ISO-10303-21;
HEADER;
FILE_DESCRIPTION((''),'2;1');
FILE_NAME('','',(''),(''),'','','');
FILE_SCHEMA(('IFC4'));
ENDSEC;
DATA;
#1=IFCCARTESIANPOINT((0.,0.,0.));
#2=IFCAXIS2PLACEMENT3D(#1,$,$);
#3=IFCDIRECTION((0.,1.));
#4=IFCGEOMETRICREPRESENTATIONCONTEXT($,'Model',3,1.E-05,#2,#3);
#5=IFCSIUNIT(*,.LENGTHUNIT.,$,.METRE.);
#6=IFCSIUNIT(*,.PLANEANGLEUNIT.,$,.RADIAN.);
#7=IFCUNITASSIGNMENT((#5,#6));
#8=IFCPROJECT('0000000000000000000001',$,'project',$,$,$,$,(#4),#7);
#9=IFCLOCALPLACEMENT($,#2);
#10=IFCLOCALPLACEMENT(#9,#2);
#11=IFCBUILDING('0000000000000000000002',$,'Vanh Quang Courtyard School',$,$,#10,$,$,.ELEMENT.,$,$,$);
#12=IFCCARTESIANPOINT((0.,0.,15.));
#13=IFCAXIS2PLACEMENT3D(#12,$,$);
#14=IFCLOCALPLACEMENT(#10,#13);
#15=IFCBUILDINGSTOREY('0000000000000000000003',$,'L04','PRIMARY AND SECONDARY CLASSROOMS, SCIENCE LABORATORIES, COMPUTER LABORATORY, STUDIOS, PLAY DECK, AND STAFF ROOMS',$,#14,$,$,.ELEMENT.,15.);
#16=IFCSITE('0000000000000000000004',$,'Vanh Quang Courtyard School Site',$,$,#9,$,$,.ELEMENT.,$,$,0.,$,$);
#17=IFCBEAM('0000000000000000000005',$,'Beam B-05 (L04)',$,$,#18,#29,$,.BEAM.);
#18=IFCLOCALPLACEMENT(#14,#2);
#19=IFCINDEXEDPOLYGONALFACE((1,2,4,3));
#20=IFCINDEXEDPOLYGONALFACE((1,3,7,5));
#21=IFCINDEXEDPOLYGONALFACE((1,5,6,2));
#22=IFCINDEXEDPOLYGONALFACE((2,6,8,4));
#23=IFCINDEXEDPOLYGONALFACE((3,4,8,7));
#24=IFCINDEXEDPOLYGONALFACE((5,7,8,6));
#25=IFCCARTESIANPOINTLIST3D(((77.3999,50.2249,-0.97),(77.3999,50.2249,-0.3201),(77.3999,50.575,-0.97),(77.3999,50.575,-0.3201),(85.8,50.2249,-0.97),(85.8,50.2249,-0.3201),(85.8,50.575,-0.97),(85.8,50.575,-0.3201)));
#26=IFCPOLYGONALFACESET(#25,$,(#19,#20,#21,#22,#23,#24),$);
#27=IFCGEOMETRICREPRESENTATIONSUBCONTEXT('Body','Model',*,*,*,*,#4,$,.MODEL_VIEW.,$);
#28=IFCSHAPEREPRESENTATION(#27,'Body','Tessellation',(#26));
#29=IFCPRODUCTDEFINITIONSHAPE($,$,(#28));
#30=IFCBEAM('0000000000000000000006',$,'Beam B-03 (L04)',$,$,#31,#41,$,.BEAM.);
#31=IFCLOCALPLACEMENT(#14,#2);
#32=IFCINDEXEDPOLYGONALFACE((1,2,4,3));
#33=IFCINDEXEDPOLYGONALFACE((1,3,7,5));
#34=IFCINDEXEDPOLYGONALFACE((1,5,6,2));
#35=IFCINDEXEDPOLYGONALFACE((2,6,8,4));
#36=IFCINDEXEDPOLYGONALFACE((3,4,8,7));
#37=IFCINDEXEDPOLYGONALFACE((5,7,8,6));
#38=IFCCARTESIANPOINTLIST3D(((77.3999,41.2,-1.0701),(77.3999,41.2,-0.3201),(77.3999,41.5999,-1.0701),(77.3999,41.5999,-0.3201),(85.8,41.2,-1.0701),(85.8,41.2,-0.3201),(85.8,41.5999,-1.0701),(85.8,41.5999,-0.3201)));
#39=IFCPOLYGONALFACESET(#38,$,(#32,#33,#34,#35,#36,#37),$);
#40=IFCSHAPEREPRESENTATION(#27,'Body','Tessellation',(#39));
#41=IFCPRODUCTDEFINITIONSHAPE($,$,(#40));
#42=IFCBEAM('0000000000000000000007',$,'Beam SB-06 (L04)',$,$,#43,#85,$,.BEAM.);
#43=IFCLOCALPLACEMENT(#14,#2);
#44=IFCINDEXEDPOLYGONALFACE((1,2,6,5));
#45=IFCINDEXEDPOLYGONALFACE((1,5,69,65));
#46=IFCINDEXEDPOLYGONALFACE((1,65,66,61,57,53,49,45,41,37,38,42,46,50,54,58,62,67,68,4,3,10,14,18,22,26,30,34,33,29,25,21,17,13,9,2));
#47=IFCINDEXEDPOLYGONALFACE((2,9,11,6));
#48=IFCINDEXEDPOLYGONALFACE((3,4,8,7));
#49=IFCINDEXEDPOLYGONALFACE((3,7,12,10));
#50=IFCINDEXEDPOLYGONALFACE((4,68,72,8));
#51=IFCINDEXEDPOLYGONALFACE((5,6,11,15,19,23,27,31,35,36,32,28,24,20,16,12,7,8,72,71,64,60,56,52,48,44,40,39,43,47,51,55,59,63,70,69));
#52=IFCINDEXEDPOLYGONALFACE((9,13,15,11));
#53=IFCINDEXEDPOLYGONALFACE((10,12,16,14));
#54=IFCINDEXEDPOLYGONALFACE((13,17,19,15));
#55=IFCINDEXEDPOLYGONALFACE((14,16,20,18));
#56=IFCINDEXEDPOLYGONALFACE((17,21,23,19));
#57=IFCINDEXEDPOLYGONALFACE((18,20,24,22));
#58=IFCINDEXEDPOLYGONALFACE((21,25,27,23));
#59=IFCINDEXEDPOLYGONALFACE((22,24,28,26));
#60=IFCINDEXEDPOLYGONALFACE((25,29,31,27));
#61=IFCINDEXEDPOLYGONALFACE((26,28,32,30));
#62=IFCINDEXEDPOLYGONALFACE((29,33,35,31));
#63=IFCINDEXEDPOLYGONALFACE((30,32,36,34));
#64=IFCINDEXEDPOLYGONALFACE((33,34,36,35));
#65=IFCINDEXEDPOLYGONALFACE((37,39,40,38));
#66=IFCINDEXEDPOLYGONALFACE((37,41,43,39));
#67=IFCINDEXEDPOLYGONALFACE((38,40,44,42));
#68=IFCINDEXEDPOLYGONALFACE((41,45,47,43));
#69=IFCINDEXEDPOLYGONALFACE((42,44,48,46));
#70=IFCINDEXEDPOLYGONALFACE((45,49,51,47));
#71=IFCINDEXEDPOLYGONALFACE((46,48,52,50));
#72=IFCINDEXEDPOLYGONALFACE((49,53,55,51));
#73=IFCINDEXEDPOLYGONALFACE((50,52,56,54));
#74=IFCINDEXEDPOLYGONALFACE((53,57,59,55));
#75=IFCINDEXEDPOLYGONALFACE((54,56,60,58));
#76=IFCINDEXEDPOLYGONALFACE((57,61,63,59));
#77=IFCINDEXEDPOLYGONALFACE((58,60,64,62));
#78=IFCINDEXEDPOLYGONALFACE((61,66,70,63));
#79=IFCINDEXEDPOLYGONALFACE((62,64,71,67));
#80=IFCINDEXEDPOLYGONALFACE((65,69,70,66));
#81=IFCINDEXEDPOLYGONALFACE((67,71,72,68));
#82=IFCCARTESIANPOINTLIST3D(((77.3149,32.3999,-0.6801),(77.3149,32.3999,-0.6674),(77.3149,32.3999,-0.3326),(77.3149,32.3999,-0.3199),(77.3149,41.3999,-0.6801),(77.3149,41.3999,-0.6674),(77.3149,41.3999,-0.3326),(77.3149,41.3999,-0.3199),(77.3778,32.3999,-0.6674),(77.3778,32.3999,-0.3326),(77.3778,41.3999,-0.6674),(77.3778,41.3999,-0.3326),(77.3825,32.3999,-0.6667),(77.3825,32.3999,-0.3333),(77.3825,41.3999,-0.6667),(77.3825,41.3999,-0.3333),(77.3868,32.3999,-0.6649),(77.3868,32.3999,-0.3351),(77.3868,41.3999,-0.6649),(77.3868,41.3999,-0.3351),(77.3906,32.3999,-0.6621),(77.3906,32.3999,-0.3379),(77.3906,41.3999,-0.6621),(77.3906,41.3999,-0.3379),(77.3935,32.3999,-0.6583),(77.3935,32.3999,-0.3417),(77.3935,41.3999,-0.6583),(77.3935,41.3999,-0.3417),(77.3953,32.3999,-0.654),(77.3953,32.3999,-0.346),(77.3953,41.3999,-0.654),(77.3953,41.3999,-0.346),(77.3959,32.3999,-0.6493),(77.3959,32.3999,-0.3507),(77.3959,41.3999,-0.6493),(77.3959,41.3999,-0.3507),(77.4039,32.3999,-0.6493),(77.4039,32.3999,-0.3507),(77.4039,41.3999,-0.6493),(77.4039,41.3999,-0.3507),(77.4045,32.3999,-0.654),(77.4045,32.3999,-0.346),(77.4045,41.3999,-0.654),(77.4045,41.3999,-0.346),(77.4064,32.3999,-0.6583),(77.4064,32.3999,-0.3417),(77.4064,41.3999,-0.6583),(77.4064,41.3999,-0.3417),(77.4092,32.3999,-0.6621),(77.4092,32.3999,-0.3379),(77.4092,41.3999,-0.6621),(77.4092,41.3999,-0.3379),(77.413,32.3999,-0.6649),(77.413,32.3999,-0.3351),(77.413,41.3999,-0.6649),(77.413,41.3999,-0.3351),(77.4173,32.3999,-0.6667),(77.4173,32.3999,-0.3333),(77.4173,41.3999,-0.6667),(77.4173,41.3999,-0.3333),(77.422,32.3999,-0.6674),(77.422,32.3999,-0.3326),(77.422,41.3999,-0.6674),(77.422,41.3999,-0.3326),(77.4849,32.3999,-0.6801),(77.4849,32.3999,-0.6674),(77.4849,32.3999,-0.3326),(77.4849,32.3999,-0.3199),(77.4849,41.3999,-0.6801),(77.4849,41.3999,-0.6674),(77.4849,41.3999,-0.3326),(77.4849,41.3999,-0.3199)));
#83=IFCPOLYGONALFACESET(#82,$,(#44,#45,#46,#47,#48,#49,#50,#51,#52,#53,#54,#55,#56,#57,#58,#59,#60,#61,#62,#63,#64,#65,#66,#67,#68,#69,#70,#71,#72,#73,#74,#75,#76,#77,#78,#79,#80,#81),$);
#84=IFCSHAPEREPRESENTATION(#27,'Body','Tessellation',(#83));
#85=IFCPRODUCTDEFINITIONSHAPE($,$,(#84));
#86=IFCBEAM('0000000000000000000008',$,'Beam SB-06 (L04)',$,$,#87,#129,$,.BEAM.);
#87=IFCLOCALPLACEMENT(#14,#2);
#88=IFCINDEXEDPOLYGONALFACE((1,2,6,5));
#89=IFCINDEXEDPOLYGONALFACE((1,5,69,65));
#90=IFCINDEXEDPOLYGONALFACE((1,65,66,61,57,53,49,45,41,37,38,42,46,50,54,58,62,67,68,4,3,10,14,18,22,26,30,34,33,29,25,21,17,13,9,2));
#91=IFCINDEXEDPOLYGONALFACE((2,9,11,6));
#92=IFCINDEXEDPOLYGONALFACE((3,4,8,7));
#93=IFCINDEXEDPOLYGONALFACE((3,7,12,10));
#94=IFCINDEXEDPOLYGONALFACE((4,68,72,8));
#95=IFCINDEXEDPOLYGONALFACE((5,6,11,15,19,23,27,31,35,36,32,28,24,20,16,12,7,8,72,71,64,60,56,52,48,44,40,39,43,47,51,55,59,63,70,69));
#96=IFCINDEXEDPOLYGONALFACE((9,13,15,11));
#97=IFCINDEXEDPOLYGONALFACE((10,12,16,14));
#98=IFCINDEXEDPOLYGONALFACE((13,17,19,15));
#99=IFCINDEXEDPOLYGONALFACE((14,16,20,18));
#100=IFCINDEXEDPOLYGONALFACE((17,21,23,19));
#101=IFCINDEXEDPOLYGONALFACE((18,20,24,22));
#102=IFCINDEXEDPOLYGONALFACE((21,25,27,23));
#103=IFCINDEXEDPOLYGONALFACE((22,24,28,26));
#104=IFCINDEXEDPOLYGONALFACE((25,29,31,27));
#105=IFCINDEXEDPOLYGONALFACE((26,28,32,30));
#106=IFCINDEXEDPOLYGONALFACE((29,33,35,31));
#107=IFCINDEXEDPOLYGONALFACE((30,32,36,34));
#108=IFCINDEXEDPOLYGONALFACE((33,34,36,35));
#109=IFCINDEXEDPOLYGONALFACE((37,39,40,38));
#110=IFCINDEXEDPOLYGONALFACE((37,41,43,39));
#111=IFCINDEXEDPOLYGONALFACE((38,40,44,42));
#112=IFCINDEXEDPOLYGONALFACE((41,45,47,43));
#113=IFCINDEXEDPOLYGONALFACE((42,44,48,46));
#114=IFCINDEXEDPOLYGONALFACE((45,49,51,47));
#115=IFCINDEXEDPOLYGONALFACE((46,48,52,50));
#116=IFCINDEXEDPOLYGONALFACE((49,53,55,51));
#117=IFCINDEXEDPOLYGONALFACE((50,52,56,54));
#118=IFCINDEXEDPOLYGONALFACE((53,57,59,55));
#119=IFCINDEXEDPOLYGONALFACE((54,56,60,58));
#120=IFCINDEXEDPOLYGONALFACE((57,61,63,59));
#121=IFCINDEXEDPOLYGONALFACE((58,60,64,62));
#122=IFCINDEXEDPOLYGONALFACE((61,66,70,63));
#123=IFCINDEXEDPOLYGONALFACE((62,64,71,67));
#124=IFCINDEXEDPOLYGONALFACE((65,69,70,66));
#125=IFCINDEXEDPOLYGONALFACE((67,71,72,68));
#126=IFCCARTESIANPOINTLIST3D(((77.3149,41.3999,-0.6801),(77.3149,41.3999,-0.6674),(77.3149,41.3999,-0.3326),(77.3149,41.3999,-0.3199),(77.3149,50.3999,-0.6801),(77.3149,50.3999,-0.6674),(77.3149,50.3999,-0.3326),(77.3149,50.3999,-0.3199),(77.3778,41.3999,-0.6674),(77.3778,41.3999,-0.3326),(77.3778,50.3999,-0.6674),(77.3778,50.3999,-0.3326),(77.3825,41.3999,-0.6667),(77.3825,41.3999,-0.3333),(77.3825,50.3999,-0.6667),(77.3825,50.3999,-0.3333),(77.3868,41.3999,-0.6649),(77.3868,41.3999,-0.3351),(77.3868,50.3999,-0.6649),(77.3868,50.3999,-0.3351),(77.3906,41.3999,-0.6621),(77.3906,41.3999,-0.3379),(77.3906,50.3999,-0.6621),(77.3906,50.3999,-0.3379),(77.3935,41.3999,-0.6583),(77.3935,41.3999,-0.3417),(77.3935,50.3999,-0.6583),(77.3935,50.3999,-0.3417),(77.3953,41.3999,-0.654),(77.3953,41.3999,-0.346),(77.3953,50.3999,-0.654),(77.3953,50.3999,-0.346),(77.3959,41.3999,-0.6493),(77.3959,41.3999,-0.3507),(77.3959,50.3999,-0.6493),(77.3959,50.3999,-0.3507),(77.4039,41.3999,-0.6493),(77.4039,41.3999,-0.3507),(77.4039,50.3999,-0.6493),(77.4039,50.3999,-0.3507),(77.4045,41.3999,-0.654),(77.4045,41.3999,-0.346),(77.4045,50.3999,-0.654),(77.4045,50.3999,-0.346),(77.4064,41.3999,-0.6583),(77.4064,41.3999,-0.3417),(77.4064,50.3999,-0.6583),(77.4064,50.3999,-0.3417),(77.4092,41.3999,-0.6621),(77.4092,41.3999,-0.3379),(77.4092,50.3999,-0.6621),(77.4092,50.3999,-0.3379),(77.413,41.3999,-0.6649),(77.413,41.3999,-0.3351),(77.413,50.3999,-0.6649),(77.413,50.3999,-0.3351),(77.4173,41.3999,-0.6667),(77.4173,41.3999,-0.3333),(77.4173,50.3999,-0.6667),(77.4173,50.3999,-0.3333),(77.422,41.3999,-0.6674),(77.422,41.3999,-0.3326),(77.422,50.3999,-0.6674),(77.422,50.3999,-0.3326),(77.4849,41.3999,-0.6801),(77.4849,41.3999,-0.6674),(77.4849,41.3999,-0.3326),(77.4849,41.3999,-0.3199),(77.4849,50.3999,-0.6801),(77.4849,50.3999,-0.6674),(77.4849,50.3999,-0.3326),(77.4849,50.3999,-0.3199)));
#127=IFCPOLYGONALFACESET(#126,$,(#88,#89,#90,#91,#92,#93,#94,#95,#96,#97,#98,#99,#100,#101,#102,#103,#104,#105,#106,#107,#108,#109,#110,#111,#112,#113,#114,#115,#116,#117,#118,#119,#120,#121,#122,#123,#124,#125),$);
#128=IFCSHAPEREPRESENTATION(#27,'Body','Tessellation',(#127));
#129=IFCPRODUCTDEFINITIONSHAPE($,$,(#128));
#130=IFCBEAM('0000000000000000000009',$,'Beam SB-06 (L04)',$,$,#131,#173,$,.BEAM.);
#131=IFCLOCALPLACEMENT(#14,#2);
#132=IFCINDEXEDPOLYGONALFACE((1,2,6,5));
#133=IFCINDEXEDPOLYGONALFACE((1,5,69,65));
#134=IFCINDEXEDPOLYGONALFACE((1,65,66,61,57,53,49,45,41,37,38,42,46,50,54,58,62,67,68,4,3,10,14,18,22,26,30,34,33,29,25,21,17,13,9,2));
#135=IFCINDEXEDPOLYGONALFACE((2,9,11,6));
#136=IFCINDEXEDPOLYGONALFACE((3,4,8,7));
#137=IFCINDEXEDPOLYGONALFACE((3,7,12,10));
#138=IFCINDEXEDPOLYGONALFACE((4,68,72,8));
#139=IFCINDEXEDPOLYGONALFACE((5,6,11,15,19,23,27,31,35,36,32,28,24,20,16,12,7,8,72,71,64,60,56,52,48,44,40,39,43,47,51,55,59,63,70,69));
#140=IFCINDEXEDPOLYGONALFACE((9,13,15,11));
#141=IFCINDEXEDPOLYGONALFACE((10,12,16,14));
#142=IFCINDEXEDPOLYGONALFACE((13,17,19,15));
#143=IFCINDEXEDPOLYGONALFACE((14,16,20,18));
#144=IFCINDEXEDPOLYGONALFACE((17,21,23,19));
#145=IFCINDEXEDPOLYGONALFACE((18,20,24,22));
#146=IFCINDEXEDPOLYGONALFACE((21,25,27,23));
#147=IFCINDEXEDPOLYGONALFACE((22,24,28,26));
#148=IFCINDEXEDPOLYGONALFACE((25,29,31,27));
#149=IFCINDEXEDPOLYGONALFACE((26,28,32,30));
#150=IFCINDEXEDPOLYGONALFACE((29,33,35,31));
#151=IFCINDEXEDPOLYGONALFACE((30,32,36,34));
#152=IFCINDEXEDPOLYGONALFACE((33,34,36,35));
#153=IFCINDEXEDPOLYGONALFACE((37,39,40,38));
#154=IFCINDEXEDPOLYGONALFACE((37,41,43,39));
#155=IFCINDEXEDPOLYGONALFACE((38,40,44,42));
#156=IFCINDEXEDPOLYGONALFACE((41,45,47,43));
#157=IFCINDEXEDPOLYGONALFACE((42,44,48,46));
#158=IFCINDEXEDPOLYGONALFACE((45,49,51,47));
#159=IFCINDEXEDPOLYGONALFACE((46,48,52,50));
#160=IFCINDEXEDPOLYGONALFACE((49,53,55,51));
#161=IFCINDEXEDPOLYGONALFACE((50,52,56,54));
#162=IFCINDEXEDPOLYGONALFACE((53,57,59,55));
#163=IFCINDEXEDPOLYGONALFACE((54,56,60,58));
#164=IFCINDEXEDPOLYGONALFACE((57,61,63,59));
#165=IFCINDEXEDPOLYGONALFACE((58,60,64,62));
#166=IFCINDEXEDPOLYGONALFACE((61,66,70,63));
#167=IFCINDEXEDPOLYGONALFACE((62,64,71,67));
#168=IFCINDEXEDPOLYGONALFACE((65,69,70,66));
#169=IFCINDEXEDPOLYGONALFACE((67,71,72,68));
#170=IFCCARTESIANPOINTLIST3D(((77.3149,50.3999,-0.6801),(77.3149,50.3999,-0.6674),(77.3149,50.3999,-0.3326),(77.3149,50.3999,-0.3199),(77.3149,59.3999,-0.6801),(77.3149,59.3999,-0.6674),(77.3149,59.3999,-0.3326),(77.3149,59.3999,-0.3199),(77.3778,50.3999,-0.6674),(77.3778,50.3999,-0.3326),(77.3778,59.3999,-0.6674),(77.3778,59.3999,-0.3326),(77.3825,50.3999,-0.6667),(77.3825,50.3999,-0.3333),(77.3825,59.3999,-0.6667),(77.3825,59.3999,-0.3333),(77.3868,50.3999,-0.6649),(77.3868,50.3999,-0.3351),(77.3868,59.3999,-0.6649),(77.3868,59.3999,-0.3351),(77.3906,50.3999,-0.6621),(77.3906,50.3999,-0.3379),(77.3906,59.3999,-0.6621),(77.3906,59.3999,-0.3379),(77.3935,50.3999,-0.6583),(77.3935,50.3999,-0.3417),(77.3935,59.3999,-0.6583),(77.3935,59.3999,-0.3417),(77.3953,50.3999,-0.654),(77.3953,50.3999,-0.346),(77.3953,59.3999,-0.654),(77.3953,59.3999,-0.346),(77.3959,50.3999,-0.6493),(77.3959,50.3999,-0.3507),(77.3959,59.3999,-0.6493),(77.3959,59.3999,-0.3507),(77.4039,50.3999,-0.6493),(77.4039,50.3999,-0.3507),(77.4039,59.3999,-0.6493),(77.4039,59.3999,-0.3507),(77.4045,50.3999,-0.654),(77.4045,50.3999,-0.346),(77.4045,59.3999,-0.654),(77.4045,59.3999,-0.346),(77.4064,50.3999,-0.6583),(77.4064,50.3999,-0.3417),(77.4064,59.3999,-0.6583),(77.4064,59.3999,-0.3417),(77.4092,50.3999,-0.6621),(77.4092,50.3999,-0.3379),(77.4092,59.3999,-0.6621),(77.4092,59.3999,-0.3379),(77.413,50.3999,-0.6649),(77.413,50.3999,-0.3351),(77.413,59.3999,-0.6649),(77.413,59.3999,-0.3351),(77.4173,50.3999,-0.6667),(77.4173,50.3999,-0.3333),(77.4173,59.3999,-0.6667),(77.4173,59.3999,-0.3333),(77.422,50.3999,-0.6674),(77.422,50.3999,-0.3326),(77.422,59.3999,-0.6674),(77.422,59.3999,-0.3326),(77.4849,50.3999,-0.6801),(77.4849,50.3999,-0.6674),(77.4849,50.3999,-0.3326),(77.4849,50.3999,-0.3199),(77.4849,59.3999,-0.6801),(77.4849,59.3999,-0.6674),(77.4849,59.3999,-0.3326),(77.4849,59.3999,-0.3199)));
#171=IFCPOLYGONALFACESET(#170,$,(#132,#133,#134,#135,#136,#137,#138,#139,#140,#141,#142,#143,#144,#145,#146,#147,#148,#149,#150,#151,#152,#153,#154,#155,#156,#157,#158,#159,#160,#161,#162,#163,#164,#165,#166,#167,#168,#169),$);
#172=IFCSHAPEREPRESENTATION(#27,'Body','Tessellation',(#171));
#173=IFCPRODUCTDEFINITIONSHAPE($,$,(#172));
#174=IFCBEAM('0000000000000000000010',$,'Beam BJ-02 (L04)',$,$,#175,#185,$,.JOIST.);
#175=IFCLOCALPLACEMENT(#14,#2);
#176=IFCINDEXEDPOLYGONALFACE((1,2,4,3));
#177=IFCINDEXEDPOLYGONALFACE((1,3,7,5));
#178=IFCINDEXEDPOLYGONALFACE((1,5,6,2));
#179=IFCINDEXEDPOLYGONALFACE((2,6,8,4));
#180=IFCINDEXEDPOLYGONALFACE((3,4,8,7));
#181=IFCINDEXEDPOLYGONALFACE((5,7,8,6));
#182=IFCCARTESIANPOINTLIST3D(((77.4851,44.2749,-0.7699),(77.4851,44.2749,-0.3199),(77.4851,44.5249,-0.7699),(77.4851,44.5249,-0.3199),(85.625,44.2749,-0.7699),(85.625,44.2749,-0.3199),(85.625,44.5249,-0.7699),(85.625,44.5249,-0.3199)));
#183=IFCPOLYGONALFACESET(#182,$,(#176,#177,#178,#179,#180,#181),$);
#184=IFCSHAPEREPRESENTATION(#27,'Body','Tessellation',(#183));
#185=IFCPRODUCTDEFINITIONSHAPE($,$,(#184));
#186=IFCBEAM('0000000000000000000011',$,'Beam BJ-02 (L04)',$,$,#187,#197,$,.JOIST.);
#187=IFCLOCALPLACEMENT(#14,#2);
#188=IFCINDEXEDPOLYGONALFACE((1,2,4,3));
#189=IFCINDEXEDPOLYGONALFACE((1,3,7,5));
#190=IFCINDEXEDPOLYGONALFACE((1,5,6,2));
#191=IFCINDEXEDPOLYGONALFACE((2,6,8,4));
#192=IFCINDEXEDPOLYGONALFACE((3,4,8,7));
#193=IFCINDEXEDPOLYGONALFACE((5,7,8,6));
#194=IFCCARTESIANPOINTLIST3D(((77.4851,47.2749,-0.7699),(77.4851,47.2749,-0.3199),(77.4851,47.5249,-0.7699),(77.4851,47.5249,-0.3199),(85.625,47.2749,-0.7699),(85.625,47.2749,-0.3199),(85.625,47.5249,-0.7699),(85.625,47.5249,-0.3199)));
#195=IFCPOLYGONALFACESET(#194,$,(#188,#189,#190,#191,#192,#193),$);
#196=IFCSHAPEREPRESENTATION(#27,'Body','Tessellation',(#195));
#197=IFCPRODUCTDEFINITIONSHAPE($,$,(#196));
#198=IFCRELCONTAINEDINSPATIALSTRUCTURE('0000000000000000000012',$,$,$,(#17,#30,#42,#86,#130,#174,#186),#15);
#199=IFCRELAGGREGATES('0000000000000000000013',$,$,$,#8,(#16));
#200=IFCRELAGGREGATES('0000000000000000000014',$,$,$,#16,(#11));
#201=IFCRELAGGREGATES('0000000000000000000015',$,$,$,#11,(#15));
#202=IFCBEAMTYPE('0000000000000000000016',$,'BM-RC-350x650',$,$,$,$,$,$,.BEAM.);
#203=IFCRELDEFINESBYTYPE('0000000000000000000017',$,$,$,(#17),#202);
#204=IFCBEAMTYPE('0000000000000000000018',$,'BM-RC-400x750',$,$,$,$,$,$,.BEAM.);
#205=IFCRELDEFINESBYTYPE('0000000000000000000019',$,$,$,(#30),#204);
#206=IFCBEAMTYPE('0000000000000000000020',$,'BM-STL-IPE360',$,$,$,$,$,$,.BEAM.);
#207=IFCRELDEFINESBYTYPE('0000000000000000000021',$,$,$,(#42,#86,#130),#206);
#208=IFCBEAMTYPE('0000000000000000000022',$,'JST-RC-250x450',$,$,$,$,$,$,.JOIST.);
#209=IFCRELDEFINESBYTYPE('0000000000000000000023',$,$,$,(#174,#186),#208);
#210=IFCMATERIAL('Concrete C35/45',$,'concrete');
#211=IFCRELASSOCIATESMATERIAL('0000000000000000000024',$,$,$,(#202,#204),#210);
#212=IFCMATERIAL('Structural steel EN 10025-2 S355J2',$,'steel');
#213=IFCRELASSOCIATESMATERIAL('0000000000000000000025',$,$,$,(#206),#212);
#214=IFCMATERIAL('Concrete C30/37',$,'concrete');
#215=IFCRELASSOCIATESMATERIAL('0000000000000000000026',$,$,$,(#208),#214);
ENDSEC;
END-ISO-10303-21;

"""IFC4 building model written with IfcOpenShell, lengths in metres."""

from ifc_helpers import new_model, si_unit, direction, frame, origin, origin_2d, place, context, subcontext, project, spatial, rectangle, i_section, extrude, material, material_profile, profile_set, type_object, element, save


model = new_model("IFC4")

# Units and contexts
model_context = context("Model", 3, precision=1e-05, world=origin(), true_north=direction((0.0, 1.0)))
body_context = subcontext(model_context, "Body", "Model", "MODEL_VIEW")
ifc_project = project(units=[si_unit("LENGTHUNIT", "METRE"), si_unit("PLANEANGLEUNIT", "RADIAN")], contexts=[model_context])

# Site, building, storey
site_placement = place(None, origin())
site = spatial("IfcSite", under=ifc_project, at=site_placement, Name="Vanh Quang Courtyard School Site", CompositionType="ELEMENT", RefElevation=0.0)
building_placement = place(site_placement, origin())
building = spatial("IfcBuilding", under=site, at=building_placement, Name="Vanh Quang Courtyard School", CompositionType="ELEMENT")
storey_placement = place(building_placement, frame((0.0, 0.0, 15.0)))
storey = spatial("IfcBuildingStorey", under=building, at=storey_placement, Name="L04", Description="PRIMARY AND SECONDARY CLASSROOMS, SCIENCE LABORATORIES, COMPUTER LABORATORY, STUDIOS, PLAY DECK, AND STAFF ROOMS", CompositionType="ELEMENT", Elevation=15.0)

# Beams
ifc_material_1 = material(Name="Concrete C35/45", Category="concrete")
ifc_material_profile_1 = material_profile(ifc_material_1, rectangle(XDim=0.3501, YDim=0.6499, at=origin_2d()), Name="RC-BM 350x650")
ifc_profile_set_1 = profile_set([ifc_material_profile_1], Name="Concrete C35/45")
beam_type_1 = type_object("IfcBeamType", Name="BM-RC-350x650", PredefinedType="BEAM", material=ifc_profile_set_1)
beam_1_placement = place(storey_placement, frame((77.3999, 50.3999, -0.645), z_axis=(1.0, 0.0, 0.0), x_axis=(0.0, 1.0, 0.0)))
element("IfcBeam", 1, at=beam_1_placement, inside=storey, type_object=beam_type_1, Name="Beam B-05 (L04)", PredefinedType="BEAM", context=body_context, shape_type="SweptSolid", body=[
    extrude(rectangle(XDim=0.3501, YDim=0.6499, at=origin_2d()), origin(), (0.0, 0.0, 1.0), 8.4001),
])
ifc_material_profile_2 = material_profile(ifc_material_1, rectangle(XDim=0.3999, YDim=0.75, at=origin_2d()), Name="RC-BM 400x750")
ifc_profile_set_2 = profile_set([ifc_material_profile_2], Name="Concrete C35/45")
beam_type_2 = type_object("IfcBeamType", Name="BM-RC-400x750", PredefinedType="BEAM", material=ifc_profile_set_2)
beam_2_placement = place(storey_placement, frame((77.3999, 41.3999, -0.6951), z_axis=(1.0, 0.0, 0.0), x_axis=(0.0, 1.0, 0.0)))
element("IfcBeam", 2, at=beam_2_placement, inside=storey, type_object=beam_type_2, Name="Beam B-03 (L04)", PredefinedType="BEAM", context=body_context, shape_type="SweptSolid", body=[
    extrude(rectangle(XDim=0.3999, YDim=0.75, at=origin_2d()), origin(), (0.0, 0.0, 1.0), 8.4001),
])
ifc_material_2 = material(Name="Structural steel EN 10025-2 S355J2", Category="steel")
ifc_material_profile_3 = material_profile(ifc_material_2, i_section(OverallWidth=0.1699, OverallDepth=0.3601, WebThickness=0.0081, FlangeThickness=0.0127, FilletRadius=0.0181, at=origin_2d()), Name="IPE 360")
ifc_profile_set_3 = profile_set([ifc_material_profile_3], Name="Structural steel EN 10025-2 S355J2")
beam_type_3 = type_object("IfcBeamType", Name="BM-STL-IPE360", PredefinedType="BEAM", material=ifc_profile_set_3)
for number, where, z_axis, x_axis, name in (
    (3, (77.3999, 32.3999, -0.5), (0.0, 1.0, 0.0), (-1.0, 0.0, 0.0), "Beam SB-06 (L04)"),
    (4, (77.3999, 41.3999, -0.5), (0.0, 1.0, 0.0), (-1.0, 0.0, 0.0), "Beam SB-06 (L04)"),
    (5, (77.3999, 50.3999, -0.5), (0.0, 1.0, 0.0), (-1.0, 0.0, 0.0), "Beam SB-06 (L04)"),
):
    element("IfcBeam", number, at=place(storey_placement, frame(where, z_axis=z_axis, x_axis=x_axis)), inside=storey, type_object=beam_type_3, Name=name, PredefinedType="BEAM", context=body_context, shape_type="SweptSolid", body=[
        extrude(i_section(OverallWidth=0.1699, OverallDepth=0.3601, WebThickness=0.0081, FlangeThickness=0.0127, FilletRadius=0.0181, at=origin_2d()), origin(), (0.0, 0.0, 1.0), 9.0),
    ])
ifc_material_3 = material(Name="Concrete C30/37", Category="concrete")
ifc_material_profile_4 = material_profile(ifc_material_3, rectangle(XDim=0.25, YDim=0.45, at=origin_2d()), Name="RC-JST 250x450")
ifc_profile_set_4 = profile_set([ifc_material_profile_4], Name="Concrete C30/37")
beam_type_4 = type_object("IfcBeamType", Name="JST-RC-250x450", PredefinedType="JOIST", material=ifc_profile_set_4)
for number, where, z_axis, x_axis, name in (
    (6, (77.4851, 44.3999, -0.5449), (1.0, 0.0, 0.0), (0.0, 1.0, 0.0), "Beam BJ-02 (L04)"),
    (7, (77.4851, 47.3999, -0.5449), (1.0, 0.0, 0.0), (0.0, 1.0, 0.0), "Beam BJ-02 (L04)"),
):
    element("IfcBeam", number, at=place(storey_placement, frame(where, z_axis=z_axis, x_axis=x_axis)), inside=storey, type_object=beam_type_4, Name=name, PredefinedType="JOIST", context=body_context, shape_type="SweptSolid", body=[
        extrude(rectangle(XDim=0.25, YDim=0.45, at=origin_2d()), origin(), (0.0, 0.0, 1.0), 8.1399),
    ])

save(model, "model.ifc")
